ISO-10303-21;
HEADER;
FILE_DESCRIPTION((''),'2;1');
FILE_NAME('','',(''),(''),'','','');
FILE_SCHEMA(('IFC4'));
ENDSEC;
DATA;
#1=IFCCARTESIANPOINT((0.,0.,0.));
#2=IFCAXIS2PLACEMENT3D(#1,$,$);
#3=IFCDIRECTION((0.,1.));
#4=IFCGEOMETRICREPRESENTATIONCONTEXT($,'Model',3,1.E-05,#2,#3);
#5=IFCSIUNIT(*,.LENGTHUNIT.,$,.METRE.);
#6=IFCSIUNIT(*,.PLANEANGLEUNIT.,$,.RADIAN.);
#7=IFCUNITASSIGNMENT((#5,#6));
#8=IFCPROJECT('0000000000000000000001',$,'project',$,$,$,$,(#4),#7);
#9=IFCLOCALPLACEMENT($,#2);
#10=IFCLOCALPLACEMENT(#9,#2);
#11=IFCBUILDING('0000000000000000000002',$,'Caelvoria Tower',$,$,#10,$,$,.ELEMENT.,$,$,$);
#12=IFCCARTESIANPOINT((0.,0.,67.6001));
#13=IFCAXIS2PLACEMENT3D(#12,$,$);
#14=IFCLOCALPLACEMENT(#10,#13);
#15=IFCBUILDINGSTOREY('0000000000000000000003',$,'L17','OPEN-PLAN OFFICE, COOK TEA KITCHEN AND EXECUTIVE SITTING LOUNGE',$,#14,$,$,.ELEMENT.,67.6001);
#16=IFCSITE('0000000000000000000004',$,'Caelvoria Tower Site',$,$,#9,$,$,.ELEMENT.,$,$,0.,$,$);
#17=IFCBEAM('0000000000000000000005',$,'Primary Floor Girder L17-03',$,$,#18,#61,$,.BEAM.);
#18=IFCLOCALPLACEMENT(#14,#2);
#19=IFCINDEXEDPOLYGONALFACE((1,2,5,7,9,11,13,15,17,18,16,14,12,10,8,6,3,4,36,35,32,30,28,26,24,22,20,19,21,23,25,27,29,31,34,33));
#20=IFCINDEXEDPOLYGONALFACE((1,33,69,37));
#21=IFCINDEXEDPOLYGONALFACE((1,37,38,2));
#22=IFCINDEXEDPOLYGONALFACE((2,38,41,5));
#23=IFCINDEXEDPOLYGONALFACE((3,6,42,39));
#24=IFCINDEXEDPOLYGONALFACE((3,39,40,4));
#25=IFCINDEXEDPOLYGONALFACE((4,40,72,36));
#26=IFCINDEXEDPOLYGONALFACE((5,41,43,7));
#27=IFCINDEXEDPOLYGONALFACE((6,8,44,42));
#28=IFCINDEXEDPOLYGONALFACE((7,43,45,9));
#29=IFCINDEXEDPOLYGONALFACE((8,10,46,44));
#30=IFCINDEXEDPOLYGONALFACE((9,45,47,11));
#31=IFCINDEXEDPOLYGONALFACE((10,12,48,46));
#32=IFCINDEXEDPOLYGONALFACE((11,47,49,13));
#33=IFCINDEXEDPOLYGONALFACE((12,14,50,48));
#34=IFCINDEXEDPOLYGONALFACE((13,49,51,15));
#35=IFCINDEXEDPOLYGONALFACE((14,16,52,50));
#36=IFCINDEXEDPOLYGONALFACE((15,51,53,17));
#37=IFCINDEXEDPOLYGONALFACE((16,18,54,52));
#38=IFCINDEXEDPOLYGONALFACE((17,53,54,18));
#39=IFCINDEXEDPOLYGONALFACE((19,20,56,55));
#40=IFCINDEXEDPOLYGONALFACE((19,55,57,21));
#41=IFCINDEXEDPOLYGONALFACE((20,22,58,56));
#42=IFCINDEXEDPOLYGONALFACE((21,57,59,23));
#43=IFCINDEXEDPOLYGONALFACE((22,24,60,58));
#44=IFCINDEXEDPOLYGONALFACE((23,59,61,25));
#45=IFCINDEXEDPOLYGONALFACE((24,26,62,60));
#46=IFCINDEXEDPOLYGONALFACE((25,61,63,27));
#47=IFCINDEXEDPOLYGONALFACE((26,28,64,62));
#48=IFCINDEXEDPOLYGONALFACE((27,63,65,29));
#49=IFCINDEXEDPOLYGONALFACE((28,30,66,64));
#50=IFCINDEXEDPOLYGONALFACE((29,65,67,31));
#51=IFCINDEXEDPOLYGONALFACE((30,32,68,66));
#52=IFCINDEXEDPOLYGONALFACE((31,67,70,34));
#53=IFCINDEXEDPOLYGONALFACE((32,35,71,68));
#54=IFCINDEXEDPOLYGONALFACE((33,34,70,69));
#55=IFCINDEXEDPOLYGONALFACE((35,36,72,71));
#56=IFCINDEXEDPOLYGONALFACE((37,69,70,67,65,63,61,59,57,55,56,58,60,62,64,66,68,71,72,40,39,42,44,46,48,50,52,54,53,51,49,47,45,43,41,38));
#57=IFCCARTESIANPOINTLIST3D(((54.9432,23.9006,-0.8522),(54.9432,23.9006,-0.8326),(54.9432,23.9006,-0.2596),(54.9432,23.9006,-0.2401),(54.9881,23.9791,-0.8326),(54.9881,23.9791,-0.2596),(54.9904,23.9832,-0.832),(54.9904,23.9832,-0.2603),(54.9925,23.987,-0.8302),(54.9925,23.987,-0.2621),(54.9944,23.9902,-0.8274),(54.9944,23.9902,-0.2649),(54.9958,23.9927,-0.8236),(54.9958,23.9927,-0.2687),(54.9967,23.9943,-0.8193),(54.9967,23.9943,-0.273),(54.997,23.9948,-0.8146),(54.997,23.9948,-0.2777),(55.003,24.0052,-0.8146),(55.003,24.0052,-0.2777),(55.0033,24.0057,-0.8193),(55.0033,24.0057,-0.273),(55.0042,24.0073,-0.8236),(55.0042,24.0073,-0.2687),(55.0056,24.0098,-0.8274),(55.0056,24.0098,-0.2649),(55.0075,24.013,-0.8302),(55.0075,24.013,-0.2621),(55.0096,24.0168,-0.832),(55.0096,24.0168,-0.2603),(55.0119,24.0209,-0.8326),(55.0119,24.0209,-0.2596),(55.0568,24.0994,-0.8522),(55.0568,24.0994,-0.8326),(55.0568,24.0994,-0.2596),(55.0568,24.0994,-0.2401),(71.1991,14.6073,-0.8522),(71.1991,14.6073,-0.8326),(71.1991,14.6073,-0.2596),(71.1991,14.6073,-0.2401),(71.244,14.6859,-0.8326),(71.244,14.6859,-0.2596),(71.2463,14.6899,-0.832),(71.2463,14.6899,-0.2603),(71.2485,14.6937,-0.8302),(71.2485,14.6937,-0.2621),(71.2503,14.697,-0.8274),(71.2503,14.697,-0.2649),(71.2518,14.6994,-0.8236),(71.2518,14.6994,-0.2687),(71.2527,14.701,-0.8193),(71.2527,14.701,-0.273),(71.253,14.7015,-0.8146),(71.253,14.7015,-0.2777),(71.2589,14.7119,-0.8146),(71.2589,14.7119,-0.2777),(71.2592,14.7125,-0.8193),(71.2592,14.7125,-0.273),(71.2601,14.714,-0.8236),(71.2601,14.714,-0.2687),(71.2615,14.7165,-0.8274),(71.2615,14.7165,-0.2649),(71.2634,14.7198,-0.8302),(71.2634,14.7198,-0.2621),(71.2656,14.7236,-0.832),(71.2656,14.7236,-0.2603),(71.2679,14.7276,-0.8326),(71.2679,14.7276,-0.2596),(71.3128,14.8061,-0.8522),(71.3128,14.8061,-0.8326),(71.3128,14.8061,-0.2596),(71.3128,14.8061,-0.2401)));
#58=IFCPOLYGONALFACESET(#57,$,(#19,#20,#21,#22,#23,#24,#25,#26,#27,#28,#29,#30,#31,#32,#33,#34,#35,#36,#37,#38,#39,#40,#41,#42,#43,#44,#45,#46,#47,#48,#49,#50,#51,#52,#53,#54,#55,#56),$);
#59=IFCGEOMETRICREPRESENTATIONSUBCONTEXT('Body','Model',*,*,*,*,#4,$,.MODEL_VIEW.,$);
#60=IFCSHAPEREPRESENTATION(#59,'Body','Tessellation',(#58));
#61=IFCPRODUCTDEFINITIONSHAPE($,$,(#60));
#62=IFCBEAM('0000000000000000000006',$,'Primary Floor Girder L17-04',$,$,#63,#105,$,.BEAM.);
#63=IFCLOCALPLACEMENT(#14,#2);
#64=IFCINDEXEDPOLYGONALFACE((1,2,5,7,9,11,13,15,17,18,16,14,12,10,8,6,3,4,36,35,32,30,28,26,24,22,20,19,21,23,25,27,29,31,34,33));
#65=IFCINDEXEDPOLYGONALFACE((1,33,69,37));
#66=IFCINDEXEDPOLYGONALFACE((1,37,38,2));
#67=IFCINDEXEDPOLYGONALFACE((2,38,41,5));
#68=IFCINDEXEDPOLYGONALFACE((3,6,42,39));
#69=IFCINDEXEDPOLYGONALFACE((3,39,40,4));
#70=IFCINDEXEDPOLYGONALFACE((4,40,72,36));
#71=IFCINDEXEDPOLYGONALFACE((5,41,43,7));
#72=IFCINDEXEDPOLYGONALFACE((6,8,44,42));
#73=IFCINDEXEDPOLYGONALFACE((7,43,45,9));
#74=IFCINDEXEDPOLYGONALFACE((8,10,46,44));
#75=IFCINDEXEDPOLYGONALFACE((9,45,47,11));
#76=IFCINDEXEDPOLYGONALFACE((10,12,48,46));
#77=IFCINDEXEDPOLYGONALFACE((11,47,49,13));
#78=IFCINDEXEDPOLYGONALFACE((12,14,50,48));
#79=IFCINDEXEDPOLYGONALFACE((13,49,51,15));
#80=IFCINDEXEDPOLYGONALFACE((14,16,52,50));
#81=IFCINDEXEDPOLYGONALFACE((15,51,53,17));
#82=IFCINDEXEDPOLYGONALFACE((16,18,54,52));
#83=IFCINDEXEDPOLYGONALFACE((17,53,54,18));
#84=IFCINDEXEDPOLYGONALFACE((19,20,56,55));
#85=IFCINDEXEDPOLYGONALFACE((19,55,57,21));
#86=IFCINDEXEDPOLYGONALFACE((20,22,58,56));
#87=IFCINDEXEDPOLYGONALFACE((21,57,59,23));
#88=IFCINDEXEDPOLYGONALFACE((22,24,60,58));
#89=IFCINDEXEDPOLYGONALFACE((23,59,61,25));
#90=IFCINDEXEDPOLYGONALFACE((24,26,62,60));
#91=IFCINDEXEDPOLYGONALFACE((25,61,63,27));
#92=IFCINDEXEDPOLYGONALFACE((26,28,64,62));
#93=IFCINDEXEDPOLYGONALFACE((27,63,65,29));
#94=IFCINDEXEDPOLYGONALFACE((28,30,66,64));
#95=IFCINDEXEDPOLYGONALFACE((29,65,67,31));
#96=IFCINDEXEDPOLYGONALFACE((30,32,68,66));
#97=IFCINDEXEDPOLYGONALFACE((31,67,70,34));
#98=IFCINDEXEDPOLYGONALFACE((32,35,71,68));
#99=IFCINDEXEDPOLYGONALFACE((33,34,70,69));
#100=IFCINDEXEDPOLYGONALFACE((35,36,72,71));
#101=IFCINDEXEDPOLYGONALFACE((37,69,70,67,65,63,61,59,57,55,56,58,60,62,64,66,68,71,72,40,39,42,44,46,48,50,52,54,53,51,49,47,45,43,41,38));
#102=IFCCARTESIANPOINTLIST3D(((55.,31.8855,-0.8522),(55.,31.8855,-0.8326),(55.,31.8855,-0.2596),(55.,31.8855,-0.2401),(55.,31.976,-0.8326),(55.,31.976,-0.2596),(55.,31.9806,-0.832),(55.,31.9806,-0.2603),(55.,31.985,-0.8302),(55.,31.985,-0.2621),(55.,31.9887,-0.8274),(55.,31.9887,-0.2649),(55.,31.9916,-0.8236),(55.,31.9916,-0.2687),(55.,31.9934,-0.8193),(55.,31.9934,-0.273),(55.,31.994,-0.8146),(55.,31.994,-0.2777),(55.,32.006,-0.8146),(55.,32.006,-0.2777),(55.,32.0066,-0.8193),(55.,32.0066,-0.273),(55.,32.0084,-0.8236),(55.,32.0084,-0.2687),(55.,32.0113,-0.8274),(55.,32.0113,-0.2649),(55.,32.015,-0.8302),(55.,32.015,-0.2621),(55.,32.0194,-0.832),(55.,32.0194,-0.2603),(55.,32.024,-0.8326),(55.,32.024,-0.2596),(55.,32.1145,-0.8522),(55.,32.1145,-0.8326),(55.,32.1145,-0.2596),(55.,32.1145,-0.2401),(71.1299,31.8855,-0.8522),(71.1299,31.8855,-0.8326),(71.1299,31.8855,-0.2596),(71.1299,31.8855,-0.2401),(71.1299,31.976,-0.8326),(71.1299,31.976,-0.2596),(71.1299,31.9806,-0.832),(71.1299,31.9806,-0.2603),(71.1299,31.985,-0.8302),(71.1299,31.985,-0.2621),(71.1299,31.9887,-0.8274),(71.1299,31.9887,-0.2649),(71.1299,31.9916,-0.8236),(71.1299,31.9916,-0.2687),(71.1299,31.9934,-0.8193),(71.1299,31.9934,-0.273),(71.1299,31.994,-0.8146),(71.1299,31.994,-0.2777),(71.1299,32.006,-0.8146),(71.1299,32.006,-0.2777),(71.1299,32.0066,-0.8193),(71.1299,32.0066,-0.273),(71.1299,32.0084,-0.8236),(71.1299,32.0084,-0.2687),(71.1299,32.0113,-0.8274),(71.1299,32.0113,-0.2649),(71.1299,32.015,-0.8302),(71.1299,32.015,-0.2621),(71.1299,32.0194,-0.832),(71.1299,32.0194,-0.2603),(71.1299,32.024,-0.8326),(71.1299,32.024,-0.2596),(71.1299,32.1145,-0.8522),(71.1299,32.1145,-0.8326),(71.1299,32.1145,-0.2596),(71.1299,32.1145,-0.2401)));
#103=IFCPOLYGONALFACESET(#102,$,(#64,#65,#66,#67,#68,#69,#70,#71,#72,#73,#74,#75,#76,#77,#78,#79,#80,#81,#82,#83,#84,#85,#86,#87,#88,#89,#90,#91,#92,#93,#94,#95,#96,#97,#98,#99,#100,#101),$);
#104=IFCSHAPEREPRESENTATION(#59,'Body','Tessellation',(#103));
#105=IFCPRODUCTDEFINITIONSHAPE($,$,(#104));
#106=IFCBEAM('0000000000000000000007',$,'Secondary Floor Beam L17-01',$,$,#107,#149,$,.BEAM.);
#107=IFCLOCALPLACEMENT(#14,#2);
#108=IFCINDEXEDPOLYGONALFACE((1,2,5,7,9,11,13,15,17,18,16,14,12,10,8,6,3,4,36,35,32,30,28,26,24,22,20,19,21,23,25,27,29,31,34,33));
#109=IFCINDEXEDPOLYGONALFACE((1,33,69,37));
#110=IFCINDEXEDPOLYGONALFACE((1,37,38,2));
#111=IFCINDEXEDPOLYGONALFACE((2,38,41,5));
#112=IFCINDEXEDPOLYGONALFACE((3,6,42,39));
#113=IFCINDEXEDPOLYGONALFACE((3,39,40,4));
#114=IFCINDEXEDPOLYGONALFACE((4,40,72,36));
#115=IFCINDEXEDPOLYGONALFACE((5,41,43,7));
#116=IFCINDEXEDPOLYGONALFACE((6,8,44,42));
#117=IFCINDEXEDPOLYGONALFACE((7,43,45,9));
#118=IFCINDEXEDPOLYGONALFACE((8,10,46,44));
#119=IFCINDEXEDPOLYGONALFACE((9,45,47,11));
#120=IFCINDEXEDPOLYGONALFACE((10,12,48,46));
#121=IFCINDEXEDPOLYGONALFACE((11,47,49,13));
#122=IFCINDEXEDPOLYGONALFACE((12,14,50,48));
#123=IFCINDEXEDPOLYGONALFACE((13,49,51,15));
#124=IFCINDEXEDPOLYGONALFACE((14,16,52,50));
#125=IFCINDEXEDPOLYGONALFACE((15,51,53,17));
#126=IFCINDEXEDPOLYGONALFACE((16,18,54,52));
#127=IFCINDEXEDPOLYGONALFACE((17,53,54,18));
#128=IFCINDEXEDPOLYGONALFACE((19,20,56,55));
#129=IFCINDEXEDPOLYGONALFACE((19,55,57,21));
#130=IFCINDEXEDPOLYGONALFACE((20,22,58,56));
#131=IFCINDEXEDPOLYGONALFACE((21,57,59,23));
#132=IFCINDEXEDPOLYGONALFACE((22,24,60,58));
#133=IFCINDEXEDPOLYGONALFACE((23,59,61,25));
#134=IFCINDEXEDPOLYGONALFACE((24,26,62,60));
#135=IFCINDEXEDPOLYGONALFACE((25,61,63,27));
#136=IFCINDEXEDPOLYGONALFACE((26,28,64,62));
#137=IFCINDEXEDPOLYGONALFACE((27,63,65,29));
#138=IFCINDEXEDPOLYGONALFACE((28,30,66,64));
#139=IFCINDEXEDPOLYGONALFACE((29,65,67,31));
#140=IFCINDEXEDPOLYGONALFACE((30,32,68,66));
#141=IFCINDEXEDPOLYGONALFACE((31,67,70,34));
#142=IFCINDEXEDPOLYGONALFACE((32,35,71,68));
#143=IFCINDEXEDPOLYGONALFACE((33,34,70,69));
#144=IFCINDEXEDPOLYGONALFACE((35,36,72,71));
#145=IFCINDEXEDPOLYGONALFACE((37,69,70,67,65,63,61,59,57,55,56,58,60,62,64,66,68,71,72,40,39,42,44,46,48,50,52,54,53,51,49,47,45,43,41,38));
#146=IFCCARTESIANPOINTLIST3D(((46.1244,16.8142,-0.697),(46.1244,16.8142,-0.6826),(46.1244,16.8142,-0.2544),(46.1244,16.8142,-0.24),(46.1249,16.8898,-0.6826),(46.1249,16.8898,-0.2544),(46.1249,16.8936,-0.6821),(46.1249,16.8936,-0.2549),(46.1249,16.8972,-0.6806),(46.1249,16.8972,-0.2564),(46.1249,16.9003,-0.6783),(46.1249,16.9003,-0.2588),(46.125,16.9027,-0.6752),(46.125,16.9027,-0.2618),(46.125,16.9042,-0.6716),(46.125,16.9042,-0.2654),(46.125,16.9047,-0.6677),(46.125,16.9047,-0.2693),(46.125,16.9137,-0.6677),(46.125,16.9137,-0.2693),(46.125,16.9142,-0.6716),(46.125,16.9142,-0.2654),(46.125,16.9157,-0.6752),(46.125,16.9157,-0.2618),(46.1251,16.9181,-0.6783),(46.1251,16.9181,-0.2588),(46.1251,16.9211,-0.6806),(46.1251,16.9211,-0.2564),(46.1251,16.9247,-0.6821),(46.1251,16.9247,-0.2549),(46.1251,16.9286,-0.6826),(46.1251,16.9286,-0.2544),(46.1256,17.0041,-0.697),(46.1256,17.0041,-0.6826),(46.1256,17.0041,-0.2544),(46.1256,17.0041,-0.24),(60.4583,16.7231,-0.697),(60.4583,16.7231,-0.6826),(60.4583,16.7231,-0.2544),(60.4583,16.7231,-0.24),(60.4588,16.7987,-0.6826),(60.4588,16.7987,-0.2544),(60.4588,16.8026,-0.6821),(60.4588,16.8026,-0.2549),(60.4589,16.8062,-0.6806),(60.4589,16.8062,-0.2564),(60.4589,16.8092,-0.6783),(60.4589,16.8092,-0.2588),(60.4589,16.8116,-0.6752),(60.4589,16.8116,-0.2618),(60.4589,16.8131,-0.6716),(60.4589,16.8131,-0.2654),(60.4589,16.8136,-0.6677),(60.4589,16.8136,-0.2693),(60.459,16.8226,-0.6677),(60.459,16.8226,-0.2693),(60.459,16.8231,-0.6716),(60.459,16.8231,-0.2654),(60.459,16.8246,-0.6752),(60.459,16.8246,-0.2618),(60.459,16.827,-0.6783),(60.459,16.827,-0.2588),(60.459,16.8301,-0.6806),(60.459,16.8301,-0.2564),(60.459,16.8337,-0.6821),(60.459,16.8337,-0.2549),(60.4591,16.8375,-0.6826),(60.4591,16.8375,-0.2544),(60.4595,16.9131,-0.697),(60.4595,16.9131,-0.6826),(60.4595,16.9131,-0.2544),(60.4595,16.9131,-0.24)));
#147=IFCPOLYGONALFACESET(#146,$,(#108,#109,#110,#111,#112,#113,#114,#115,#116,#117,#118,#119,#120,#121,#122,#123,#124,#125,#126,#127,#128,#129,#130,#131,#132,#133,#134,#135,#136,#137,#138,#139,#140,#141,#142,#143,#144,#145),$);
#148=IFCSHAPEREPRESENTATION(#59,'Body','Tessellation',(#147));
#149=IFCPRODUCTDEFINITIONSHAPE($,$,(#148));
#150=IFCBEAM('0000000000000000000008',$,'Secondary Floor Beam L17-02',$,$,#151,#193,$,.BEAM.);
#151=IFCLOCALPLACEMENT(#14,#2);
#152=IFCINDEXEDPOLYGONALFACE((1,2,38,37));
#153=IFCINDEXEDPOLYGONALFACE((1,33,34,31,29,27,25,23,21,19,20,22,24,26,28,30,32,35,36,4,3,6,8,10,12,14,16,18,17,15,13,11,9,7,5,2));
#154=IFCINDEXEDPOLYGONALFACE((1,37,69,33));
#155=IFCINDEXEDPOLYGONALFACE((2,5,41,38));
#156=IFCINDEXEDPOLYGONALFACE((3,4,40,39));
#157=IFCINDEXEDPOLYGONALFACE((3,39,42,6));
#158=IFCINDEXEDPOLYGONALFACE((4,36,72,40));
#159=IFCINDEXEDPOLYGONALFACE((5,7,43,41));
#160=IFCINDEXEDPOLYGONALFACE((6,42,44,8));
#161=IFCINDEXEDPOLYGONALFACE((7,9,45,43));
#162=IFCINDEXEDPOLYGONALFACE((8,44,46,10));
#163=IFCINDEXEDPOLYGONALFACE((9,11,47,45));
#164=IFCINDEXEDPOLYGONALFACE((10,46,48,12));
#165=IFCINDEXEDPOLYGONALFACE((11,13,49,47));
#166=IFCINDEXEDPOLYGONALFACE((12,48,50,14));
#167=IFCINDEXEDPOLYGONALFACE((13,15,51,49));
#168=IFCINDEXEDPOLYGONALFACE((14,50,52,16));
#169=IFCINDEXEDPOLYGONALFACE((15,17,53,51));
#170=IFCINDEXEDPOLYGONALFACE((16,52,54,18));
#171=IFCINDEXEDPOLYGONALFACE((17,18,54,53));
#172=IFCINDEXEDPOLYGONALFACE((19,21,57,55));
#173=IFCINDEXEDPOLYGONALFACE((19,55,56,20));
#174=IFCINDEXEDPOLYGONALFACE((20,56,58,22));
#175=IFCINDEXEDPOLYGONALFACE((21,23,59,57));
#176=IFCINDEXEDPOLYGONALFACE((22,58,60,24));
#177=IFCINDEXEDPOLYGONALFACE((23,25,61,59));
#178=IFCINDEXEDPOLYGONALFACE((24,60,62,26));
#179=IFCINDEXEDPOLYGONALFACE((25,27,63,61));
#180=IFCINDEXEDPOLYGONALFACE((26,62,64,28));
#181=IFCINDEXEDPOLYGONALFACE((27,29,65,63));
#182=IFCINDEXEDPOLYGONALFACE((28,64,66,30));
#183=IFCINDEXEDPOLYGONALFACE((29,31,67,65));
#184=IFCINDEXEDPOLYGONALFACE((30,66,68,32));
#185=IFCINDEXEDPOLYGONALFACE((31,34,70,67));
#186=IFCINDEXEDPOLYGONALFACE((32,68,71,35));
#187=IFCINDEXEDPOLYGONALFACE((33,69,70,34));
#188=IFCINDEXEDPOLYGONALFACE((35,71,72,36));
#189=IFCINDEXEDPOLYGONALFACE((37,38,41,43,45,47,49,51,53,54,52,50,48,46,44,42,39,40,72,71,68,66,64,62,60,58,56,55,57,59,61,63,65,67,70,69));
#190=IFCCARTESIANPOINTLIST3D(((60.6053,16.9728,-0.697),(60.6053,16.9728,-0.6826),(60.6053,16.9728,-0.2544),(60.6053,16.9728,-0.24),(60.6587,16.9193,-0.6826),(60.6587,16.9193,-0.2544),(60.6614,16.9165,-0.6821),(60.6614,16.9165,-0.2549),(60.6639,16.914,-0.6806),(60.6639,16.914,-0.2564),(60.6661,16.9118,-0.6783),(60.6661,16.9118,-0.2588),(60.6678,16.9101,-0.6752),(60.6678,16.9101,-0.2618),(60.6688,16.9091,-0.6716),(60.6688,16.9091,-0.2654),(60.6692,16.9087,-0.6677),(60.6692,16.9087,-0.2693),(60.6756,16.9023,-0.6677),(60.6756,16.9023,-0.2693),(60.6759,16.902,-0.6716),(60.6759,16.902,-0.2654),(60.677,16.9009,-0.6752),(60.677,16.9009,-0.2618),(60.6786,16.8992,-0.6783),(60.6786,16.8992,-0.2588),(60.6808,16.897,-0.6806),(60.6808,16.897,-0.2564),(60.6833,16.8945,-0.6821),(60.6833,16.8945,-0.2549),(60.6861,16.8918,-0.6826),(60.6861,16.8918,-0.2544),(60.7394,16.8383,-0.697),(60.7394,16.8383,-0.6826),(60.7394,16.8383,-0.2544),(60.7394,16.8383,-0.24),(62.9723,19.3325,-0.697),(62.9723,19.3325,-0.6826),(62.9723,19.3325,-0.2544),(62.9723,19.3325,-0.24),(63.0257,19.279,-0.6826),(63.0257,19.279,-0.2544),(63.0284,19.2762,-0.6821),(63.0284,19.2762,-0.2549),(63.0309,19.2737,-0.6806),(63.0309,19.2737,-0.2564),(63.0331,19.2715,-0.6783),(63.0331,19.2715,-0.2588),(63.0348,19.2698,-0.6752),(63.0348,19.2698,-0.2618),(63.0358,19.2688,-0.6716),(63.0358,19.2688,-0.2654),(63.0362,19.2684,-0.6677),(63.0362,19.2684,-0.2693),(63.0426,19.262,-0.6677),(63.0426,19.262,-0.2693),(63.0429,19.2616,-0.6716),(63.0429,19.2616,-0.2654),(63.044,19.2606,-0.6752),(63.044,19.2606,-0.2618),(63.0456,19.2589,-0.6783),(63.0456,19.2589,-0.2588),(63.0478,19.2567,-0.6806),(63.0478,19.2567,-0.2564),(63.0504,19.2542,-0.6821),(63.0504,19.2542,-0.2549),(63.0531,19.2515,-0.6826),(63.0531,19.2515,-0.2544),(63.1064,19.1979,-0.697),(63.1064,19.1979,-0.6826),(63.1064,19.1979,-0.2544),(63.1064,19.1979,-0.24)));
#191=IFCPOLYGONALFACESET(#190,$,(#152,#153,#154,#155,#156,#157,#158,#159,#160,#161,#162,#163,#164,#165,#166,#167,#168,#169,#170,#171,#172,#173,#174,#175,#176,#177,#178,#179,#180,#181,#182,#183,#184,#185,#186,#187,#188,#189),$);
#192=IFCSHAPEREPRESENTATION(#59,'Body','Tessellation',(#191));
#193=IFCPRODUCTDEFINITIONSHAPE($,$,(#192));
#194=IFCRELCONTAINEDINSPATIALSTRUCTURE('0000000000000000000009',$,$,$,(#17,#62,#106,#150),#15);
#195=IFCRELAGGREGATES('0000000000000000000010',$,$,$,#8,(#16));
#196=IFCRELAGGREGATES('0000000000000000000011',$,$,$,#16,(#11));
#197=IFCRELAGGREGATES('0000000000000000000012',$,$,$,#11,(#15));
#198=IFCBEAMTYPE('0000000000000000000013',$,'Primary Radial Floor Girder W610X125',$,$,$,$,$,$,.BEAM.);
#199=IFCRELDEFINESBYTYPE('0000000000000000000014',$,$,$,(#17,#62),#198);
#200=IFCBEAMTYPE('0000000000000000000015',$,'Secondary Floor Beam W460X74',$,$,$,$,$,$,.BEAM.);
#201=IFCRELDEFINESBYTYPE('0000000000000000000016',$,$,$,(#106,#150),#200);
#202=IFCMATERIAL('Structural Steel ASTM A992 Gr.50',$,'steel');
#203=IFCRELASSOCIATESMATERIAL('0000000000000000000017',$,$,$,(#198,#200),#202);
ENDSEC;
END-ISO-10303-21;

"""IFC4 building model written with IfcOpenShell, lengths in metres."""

from ifc_helpers import new_model, si_unit, direction, frame, origin, origin_2d, place, context, subcontext, project, spatial, i_section, extrude, material, material_profile, profile_set, type_object, element, save


model = new_model("IFC4")

# Units and contexts
model_context = context("Model", 3, precision=1e-05, world=origin(), true_north=direction((0.0, 1.0)))
body_context = subcontext(model_context, "Body", "Model", "MODEL_VIEW")
ifc_project = project(units=[si_unit("LENGTHUNIT", "METRE"), si_unit("PLANEANGLEUNIT", "RADIAN")], contexts=[model_context])

# Site, building, storey
site_placement = place(None, origin())
site = spatial("IfcSite", under=ifc_project, at=site_placement, Name="Caelvoria Tower Site", CompositionType="ELEMENT", RefElevation=0.0)
building_placement = place(site_placement, origin())
building = spatial("IfcBuilding", under=site, at=building_placement, Name="Caelvoria Tower", CompositionType="ELEMENT")
storey_placement = place(building_placement, frame((0.0, 0.0, 67.6001)))
storey = spatial("IfcBuildingStorey", under=building, at=storey_placement, Name="L17", Description="OPEN-PLAN OFFICE, COOK TEA KITCHEN AND EXECUTIVE SITTING LOUNGE", CompositionType="ELEMENT", Elevation=67.6001)

# Beams
ifc_material_1 = material(Name="Structural Steel ASTM A992 Gr.50", Category="steel")
ifc_material_profile_1 = material_profile(ifc_material_1, i_section(OverallWidth=0.229, OverallDepth=0.6121, WebThickness=0.012, FlangeThickness=0.0195, FilletRadius=0.0181, at=origin_2d()), Name="Structural Steel ASTM A992 Gr.50")
ifc_profile_set_1 = profile_set([ifc_material_profile_1], Name="W610X125 - Structural Steel ASTM A992 Gr.50")
beam_type_1 = type_object("IfcBeamType", Name="Primary Radial Floor Girder W610X125", PredefinedType="BEAM", material=ifc_profile_set_1)
beam_1_placement = place(storey_placement, frame((55.0, 24.0, -0.5461), z_axis=(0.868148, -0.496306, 0.0), x_axis=(0.496306, 0.868148, 0.0)))
element("IfcBeam", 1, at=beam_1_placement, inside=storey, type_object=beam_type_1, Name="Primary Floor Girder L17-03", PredefinedType="BEAM", context=body_context, shape_type="SweptSolid", body=[
    extrude(i_section(OverallWidth=0.229, OverallDepth=0.6121, WebThickness=0.012, FlangeThickness=0.0195, FilletRadius=0.0181, at=origin_2d()), origin(), (0.0, 0.0, 1.0), 18.7249),
])
beam_2_placement = place(storey_placement, frame((55.0, 32.0, -0.5461), z_axis=(1.0, 0.0, 0.0), x_axis=(0.0, 1.0, 0.0)))
element("IfcBeam", 2, at=beam_2_placement, inside=storey, type_object=beam_type_1, Name="Primary Floor Girder L17-04", PredefinedType="BEAM", context=body_context, shape_type="SweptSolid", body=[
    extrude(i_section(OverallWidth=0.229, OverallDepth=0.6121, WebThickness=0.012, FlangeThickness=0.0195, FilletRadius=0.0181, at=origin_2d()), origin(), (0.0, 0.0, 1.0), 16.1299),
])
ifc_material_profile_2 = material_profile(ifc_material_1, i_section(OverallWidth=0.1899, OverallDepth=0.457, WebThickness=0.009, FlangeThickness=0.0144, FilletRadius=0.0149, at=origin_2d()), Name="Structural Steel ASTM A992 Gr.50")
ifc_profile_set_2 = profile_set([ifc_material_profile_2], Name="W460X74 - Structural Steel ASTM A992 Gr.50")
beam_type_2 = type_object("IfcBeamType", Name="Secondary Floor Beam W460X74", PredefinedType="BEAM", material=ifc_profile_set_2)
beam_3_placement = place(storey_placement, frame((46.125, 16.9092, -0.4685), z_axis=(0.99998, -0.006353, 0.0), x_axis=(0.006353, 0.99998, 0.0)))
element("IfcBeam", 3, at=beam_3_placement, inside=storey, type_object=beam_type_2, Name="Secondary Floor Beam L17-01", PredefinedType="BEAM", context=body_context, shape_type="SweptSolid", body=[
    extrude(i_section(OverallWidth=0.1899, OverallDepth=0.457, WebThickness=0.009, FlangeThickness=0.0144, FilletRadius=0.0149, at=origin_2d()), origin(), (0.0, 0.0, 1.0), 14.3342),
])
beam_4_placement = place(storey_placement, frame((60.6724, 16.9055, -0.4685), z_axis=(0.708202, 0.70601, 0.0), x_axis=(-0.70601, 0.708202, 0.0)))
element("IfcBeam", 4, at=beam_4_placement, inside=storey, type_object=beam_type_2, Name="Secondary Floor Beam L17-02", PredefinedType="BEAM", context=body_context, shape_type="SweptSolid", body=[
    extrude(i_section(OverallWidth=0.1899, OverallDepth=0.457, WebThickness=0.009, FlangeThickness=0.0144, FilletRadius=0.0149, at=origin_2d()), origin(), (0.0, 0.0, 1.0), 3.3423),
])

save(model, "model.ifc")
